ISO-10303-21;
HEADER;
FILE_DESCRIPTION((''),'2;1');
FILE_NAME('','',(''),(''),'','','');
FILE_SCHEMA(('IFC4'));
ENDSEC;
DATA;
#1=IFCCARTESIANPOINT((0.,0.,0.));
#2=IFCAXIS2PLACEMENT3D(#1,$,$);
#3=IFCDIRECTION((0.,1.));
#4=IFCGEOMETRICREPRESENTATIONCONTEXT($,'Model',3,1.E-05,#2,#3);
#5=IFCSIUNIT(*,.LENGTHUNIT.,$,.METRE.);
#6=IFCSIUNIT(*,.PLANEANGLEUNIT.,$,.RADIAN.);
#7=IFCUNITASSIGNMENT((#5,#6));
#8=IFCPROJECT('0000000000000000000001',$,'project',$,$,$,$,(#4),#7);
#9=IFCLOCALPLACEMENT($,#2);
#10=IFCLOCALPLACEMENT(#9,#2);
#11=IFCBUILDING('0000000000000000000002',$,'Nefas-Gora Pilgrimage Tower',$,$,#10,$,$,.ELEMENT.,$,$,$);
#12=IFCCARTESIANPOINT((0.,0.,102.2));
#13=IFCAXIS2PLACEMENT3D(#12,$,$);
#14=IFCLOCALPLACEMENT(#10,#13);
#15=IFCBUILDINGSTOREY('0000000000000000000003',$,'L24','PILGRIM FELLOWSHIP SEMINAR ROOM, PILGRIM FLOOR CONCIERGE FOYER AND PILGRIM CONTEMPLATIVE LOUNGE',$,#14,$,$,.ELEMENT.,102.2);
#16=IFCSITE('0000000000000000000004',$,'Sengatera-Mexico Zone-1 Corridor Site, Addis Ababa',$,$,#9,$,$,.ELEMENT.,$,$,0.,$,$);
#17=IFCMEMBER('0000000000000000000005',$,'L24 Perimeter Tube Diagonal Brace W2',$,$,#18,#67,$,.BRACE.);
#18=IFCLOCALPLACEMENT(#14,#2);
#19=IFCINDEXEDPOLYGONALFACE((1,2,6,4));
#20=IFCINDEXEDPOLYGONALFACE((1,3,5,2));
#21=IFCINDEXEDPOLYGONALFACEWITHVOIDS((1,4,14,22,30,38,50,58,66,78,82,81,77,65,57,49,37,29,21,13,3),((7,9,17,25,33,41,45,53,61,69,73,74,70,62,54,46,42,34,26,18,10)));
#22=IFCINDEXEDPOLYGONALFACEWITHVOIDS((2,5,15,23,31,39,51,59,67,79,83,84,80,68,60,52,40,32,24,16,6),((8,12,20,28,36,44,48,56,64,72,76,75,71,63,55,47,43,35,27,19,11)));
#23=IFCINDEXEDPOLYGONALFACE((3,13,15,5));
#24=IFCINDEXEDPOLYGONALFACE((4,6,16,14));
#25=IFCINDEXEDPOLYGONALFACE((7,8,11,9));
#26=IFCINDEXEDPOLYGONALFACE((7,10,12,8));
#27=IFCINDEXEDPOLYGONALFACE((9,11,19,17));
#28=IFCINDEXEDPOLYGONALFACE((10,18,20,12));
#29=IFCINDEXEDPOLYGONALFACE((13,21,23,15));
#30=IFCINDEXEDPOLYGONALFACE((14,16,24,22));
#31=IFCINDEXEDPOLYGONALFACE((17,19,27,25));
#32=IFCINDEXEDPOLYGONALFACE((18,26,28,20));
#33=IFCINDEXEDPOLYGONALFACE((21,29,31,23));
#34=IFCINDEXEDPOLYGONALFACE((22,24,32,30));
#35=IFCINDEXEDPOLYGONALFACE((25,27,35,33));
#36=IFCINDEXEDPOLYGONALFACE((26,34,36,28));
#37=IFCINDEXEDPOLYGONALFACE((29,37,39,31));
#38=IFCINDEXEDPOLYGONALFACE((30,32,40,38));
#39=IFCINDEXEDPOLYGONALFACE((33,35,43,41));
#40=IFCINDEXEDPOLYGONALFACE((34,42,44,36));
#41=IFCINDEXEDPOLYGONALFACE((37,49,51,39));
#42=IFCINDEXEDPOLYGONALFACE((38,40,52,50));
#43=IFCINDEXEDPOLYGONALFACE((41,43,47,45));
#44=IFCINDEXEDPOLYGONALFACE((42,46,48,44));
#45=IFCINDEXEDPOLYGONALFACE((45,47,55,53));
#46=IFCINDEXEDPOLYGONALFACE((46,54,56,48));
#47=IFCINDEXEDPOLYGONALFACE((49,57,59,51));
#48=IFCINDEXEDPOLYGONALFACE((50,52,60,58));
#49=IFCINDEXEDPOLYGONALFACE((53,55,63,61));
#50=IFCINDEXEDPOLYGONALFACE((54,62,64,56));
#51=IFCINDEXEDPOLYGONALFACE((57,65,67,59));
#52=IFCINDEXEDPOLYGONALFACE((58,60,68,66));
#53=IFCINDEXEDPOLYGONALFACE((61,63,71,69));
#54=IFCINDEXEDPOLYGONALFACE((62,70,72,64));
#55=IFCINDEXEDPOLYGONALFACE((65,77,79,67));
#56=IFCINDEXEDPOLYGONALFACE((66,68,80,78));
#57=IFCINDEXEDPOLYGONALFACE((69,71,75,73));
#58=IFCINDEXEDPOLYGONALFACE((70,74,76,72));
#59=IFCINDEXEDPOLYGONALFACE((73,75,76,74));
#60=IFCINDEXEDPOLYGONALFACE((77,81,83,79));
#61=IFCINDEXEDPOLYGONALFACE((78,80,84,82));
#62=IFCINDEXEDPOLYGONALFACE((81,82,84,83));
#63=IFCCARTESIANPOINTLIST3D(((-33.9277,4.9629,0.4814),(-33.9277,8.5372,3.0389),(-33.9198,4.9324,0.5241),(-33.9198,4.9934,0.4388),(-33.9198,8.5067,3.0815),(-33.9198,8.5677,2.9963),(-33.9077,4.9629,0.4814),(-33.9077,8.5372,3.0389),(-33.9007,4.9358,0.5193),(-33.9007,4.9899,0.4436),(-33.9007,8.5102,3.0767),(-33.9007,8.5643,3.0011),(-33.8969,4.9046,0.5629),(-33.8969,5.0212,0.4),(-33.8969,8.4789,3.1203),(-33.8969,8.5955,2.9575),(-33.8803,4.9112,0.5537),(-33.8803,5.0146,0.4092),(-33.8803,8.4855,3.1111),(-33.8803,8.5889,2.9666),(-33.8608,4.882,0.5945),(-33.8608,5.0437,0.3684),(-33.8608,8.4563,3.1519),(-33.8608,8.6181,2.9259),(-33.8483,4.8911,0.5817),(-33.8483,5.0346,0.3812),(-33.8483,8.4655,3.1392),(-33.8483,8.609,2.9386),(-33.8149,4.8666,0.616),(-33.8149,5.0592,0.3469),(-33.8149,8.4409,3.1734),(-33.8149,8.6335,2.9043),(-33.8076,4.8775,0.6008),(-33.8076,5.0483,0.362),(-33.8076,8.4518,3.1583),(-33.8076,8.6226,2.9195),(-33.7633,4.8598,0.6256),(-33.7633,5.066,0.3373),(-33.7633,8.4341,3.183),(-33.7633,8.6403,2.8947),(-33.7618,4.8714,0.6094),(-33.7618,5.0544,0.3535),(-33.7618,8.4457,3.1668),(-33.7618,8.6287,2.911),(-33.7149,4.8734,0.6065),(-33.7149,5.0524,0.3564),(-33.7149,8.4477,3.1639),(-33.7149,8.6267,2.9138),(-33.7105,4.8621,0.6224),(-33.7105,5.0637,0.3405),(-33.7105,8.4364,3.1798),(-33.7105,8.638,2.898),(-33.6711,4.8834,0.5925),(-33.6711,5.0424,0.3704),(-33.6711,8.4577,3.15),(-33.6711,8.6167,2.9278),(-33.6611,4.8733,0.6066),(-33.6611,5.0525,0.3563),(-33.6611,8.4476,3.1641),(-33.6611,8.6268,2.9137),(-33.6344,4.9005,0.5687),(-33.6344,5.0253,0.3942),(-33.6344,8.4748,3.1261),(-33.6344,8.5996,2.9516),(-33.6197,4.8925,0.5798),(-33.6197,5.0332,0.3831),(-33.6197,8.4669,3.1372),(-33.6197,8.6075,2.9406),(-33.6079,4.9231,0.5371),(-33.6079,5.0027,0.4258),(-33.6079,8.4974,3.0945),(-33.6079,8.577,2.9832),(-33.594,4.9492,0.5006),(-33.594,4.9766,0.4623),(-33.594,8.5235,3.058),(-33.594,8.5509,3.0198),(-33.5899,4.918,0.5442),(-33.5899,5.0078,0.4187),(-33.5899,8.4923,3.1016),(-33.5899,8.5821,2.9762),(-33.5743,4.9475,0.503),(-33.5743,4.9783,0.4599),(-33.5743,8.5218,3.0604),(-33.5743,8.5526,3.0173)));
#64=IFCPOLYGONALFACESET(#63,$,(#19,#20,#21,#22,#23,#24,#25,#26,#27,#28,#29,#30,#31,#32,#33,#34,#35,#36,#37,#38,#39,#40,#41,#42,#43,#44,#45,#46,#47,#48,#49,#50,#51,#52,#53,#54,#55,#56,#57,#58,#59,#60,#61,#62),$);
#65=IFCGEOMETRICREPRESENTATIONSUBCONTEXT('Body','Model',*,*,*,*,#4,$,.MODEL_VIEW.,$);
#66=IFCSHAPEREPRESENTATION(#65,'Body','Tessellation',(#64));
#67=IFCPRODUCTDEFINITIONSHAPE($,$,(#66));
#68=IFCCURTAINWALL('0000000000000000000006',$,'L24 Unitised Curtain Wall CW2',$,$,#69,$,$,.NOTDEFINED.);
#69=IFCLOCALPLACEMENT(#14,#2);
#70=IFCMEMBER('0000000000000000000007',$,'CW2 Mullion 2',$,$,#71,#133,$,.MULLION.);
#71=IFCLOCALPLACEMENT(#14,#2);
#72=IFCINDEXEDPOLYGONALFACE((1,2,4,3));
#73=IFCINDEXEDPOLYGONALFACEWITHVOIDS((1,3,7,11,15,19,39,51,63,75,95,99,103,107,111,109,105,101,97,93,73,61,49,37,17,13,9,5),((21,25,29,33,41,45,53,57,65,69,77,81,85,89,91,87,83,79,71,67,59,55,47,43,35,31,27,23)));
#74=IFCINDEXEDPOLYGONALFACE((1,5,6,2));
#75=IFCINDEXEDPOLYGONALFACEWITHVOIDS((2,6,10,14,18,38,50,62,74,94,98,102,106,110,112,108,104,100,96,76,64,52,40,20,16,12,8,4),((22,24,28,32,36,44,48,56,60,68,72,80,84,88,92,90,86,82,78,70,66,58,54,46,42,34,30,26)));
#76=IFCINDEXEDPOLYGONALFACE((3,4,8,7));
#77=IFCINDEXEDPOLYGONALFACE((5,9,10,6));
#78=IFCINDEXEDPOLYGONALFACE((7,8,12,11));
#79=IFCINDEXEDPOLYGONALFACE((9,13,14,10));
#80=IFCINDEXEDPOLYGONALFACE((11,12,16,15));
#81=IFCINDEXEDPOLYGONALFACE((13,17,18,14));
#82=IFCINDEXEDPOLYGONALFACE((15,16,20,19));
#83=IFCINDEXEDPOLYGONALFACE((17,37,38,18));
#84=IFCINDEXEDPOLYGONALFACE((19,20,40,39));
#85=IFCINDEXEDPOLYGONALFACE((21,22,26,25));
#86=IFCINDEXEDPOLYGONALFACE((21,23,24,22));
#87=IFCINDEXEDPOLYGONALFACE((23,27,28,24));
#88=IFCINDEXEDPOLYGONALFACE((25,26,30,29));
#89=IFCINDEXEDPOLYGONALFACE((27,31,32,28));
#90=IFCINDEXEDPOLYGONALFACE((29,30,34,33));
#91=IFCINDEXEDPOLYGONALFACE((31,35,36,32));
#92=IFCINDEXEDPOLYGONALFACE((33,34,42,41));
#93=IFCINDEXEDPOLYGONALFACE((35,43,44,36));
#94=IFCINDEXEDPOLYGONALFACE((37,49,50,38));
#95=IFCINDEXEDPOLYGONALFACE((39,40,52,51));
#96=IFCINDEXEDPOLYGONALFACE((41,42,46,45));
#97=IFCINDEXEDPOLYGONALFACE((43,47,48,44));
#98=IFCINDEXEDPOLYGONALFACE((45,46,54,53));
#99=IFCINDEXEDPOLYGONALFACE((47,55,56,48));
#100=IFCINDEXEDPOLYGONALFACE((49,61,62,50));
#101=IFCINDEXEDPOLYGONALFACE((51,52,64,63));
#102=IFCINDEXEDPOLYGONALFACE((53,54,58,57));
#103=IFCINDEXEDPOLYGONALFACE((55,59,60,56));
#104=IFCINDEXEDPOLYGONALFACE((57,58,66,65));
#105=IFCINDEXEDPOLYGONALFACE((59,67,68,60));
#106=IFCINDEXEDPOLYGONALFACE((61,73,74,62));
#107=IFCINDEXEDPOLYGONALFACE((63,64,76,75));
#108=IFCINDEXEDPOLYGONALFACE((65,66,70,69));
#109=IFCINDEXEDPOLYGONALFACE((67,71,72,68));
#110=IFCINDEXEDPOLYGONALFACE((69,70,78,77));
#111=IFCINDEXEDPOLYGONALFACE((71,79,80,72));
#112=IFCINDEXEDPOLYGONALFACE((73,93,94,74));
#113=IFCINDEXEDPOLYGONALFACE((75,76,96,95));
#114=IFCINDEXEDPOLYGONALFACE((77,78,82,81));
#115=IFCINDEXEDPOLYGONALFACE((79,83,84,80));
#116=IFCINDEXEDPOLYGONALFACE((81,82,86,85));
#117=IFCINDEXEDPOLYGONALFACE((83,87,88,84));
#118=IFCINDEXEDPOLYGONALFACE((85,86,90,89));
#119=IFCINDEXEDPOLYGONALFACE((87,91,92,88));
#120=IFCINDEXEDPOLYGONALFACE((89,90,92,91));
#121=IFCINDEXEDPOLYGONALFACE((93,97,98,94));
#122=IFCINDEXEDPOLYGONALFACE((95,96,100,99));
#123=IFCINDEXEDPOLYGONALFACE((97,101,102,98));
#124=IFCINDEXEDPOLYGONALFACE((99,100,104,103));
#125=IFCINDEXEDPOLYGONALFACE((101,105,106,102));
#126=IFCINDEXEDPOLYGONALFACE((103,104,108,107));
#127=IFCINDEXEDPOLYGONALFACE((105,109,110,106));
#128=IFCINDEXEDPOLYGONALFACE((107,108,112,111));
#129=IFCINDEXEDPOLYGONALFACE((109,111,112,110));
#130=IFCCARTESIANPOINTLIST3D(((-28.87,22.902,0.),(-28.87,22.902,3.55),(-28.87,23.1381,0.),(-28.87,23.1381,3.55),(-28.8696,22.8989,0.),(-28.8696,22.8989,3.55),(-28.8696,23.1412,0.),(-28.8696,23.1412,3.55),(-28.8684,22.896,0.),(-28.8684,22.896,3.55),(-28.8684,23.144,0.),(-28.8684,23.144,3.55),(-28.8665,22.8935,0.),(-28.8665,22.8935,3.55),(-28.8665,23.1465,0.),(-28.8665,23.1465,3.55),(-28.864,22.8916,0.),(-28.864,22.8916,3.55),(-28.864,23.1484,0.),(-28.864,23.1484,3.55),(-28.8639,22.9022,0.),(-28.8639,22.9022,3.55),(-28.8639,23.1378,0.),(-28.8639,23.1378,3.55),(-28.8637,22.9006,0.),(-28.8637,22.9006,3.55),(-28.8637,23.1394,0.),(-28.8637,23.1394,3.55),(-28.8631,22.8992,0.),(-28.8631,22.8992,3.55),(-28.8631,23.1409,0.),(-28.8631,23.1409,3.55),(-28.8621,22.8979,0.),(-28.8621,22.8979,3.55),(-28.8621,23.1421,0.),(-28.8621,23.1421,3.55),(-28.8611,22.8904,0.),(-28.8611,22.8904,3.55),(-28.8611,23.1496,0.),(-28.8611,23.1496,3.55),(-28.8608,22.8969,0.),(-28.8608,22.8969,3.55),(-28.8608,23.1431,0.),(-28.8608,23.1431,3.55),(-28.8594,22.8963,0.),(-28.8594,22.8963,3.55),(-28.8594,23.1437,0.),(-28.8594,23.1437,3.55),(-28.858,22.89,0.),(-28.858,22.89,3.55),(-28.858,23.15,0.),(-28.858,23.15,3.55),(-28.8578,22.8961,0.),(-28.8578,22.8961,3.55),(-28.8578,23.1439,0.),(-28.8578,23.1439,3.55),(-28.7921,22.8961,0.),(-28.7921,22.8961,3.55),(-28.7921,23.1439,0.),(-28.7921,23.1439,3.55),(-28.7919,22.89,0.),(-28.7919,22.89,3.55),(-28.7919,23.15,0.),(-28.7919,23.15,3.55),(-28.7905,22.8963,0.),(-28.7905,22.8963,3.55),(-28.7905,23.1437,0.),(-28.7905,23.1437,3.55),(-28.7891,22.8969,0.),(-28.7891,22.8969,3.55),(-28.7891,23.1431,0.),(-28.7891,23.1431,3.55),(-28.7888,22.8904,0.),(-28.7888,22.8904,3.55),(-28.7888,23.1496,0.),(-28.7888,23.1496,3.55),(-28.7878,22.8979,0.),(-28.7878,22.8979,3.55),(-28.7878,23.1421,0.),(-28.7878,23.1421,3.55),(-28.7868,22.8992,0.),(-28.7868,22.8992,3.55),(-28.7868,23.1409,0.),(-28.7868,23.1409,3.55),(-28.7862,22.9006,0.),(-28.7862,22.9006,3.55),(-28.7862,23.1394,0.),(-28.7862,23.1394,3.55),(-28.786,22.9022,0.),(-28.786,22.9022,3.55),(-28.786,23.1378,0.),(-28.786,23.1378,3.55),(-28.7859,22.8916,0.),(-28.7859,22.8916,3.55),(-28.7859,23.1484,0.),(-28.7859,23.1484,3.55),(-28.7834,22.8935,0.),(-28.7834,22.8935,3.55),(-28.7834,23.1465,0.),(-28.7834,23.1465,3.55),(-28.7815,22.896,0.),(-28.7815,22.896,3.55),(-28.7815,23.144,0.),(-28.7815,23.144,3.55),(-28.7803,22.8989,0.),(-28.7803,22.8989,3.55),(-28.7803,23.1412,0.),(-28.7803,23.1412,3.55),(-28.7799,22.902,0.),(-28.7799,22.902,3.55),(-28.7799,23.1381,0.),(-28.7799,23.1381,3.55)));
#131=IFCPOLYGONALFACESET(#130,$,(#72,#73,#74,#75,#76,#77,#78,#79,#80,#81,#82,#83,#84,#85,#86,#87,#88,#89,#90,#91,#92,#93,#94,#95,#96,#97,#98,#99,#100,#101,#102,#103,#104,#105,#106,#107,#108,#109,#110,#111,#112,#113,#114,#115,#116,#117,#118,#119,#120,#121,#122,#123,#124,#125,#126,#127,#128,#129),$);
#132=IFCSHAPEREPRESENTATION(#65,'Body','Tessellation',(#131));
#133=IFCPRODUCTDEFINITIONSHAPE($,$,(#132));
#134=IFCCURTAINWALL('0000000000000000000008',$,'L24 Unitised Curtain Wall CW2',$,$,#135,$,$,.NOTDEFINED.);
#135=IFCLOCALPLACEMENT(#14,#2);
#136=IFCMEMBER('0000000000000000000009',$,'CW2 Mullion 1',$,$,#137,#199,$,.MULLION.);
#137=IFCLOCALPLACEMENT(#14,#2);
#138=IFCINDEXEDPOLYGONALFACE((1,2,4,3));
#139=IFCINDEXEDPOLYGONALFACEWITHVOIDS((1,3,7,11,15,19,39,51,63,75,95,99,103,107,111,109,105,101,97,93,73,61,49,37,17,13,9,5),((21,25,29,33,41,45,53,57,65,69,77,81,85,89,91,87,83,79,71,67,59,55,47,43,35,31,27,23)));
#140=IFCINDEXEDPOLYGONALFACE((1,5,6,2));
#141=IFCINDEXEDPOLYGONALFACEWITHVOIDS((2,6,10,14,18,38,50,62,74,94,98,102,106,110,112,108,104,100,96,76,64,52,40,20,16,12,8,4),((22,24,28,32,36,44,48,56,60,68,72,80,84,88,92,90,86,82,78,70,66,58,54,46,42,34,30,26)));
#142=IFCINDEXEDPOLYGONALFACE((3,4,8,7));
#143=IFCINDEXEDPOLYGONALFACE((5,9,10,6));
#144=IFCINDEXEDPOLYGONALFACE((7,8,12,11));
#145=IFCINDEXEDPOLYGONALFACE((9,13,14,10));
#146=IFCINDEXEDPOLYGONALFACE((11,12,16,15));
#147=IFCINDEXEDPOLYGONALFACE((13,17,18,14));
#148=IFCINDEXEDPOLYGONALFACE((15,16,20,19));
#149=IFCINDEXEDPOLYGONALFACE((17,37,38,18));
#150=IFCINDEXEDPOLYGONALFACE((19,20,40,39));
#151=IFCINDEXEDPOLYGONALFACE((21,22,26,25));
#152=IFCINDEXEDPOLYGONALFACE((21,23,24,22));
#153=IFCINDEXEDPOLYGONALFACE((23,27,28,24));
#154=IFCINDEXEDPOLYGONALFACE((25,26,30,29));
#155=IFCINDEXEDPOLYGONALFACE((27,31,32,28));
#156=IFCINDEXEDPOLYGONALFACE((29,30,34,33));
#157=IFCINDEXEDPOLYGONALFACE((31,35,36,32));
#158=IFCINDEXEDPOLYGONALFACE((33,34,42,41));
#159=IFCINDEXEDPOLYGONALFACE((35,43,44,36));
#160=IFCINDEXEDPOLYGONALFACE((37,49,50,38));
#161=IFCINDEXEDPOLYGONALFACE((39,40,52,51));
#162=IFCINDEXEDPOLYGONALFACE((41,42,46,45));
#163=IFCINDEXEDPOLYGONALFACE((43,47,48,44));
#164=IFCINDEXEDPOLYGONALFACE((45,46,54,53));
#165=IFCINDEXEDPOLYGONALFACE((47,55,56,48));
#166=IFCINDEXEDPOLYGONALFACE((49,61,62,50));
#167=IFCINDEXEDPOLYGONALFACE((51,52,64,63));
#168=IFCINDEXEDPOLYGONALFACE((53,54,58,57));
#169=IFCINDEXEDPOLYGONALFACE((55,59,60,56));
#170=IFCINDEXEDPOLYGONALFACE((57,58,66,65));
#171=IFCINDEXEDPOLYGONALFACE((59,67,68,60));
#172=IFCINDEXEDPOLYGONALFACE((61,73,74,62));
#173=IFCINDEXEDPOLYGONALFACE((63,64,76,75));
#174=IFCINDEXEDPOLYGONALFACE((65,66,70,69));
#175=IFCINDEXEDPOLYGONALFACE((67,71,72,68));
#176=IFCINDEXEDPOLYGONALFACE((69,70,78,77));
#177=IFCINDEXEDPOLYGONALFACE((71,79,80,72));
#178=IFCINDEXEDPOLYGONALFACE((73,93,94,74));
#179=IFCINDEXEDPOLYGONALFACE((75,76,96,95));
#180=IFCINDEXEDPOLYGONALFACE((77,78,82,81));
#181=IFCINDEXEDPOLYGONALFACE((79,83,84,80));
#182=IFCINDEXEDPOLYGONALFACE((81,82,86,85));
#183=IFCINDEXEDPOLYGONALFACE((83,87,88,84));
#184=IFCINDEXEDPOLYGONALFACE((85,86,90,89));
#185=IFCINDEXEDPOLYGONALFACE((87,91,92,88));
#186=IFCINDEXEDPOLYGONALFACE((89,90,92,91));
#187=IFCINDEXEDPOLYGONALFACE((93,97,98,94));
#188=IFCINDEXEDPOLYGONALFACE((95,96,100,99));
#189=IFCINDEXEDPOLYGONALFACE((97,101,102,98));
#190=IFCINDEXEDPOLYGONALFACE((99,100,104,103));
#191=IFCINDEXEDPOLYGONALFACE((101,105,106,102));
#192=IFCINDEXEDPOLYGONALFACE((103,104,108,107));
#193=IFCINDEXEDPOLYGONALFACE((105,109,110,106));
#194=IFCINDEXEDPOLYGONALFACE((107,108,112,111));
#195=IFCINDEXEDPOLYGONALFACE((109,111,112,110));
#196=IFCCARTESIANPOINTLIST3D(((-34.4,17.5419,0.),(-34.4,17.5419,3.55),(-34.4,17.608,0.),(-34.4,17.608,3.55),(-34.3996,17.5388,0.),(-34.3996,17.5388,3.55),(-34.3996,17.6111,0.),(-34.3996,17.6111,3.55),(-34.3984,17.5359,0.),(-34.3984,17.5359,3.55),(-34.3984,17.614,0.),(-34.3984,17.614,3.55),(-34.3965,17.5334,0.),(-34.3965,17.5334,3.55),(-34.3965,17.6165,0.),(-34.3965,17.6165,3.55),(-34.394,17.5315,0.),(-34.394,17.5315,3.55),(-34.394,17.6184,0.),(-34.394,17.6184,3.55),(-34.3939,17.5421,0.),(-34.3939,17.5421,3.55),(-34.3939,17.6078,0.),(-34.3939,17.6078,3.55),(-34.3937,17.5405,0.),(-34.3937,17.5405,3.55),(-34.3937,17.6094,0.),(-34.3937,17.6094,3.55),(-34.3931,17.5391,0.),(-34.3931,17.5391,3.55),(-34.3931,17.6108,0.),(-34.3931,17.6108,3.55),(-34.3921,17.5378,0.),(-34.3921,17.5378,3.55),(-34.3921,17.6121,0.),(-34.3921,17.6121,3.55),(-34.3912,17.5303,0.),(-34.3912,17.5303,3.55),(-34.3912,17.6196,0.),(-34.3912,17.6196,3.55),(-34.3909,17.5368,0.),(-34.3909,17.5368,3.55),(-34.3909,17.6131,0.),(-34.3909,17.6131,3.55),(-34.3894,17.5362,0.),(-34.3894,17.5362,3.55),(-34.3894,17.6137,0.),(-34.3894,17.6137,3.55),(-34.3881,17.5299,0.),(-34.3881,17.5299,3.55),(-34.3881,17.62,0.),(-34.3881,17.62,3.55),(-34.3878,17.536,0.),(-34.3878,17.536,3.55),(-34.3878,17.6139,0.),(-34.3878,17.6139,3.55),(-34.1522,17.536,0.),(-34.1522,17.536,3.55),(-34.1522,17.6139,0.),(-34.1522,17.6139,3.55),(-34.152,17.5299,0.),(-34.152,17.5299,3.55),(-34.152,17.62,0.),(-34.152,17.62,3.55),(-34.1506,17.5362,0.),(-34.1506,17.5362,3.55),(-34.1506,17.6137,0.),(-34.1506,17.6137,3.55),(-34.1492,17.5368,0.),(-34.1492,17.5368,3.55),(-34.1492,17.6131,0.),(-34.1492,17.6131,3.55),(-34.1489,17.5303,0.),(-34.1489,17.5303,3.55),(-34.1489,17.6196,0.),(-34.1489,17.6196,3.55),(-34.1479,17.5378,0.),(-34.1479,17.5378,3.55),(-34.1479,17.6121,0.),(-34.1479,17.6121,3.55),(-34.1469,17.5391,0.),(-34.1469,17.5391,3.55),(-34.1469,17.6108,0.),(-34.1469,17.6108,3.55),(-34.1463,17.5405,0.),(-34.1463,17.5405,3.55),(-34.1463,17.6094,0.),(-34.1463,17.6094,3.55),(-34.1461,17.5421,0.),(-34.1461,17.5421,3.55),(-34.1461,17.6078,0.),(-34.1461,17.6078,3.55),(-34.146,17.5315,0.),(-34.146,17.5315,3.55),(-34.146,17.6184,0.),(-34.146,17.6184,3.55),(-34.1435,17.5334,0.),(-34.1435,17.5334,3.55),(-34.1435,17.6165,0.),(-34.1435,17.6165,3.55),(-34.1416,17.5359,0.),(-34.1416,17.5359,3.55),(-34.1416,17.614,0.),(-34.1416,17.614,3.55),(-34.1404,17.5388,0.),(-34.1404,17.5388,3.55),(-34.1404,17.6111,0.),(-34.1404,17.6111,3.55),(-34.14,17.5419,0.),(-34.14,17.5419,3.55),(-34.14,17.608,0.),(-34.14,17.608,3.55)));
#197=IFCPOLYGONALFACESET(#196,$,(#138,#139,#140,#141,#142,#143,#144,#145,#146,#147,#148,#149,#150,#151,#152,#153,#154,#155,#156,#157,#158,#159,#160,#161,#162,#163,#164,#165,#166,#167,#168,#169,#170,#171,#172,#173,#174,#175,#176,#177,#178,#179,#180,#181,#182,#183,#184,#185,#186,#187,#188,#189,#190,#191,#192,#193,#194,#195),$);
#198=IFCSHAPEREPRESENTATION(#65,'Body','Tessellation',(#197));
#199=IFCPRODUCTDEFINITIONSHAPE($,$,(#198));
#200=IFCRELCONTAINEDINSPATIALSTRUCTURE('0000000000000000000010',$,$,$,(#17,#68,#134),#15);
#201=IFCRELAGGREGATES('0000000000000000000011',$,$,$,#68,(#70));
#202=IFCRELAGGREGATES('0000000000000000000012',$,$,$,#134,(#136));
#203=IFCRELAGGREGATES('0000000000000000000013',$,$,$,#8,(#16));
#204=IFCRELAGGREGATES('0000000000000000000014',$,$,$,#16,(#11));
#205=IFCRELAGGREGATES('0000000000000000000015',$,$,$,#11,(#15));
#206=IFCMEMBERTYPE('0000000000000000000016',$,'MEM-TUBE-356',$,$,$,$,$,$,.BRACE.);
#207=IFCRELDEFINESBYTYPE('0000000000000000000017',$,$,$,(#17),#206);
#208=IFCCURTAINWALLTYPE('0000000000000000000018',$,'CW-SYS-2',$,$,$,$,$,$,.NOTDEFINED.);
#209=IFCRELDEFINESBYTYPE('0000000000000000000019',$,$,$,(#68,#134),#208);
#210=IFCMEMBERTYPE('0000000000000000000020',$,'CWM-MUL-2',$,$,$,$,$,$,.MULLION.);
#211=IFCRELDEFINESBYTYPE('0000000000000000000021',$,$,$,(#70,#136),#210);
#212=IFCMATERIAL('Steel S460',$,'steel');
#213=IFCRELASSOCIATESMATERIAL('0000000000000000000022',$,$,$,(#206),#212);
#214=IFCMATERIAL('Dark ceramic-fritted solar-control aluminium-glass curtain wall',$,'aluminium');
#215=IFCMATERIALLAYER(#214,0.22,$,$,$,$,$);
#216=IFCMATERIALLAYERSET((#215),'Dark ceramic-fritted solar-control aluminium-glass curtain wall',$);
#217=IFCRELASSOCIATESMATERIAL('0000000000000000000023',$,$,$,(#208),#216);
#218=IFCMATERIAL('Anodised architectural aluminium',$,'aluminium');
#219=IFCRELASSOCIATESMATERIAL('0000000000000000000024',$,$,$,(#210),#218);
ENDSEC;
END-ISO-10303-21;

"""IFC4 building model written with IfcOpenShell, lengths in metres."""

from ifc_helpers import new_model, si_unit, direction, frame, origin, origin_2d, place, context, subcontext, project, spatial, hollow_rectangle, hollow_circle, extrude, source, transform, mapped, material, layer, layer_set, material_profile, profile_set, type_object, element, aggregate, save


model = new_model("IFC4")

# Units and contexts
model_context = context("Model", 3, precision=1e-05, world=origin(), true_north=direction((0.0, 1.0)))
body_context = subcontext(model_context, "Body", "Model", "MODEL_VIEW")
ifc_project = project(units=[si_unit("LENGTHUNIT", "METRE"), si_unit("PLANEANGLEUNIT", "RADIAN")], contexts=[model_context])

# Site, building, storey
site_placement = place(None, origin())
site = spatial("IfcSite", under=ifc_project, at=site_placement, Name="Sengatera-Mexico Zone-1 Corridor Site, Addis Ababa", CompositionType="ELEMENT", RefElevation=0.0)
building_placement = place(site_placement, origin())
building = spatial("IfcBuilding", under=site, at=building_placement, Name="Nefas-Gora Pilgrimage Tower", CompositionType="ELEMENT")
storey_placement = place(building_placement, frame((0.0, 0.0, 102.2)))
storey = spatial("IfcBuildingStorey", under=building, at=storey_placement, Name="L24", Description="PILGRIM FELLOWSHIP SEMINAR ROOM, PILGRIM FLOOR CONCIERGE FOYER AND PILGRIM CONTEMPLATIVE LOUNGE", CompositionType="ELEMENT", Elevation=102.2)

# Shared definitions
ifc_material_1 = material(Name="Steel S460", Category="steel")

# Member
ifc_material_profile_1 = material_profile(ifc_material_1, hollow_circle(Radius=0.1777, WallThickness=0.02, at=origin_2d()), Name="CHS 355.6x20")
ifc_profile_set_1 = profile_set([ifc_material_profile_1], Name="Steel S460")
member_type_1 = type_object("IfcMemberType", Name="MEM-TUBE-356", PredefinedType="BRACE", material=ifc_profile_set_1)
shared_shape_1 = source(origin(), body_context, "Body", "SweptSolid", [
    extrude(hollow_circle(Radius=0.1777, WallThickness=0.02, at=origin_2d()), origin(), (0.0, 0.0, 1.0), 4.395),
])
member_1_placement = place(storey_placement, frame((-33.75, 4.9629, 0.4814), z_axis=(0.0, 0.813264, 0.581895), x_axis=(-1.0, 0.0, 0.0)))
element("IfcMember", 1, at=member_1_placement, inside=storey, type_object=member_type_1, Name="L24 Perimeter Tube Diagonal Brace W2", PredefinedType="BRACE", context=body_context, shape_type="MappedRepresentation", body=[
    mapped(shared_shape_1, transform((0.0, 0.0, 0.0), x_axis=(1.0, 0.0, 0.0), y_axis=(0.0, 1.0, 0.0), z_axis=(0.0, 0.0, 1.0), scale=1.0)),
])

# Curtain wall, member
ifc_material_2 = material(Name="Dark ceramic-fritted solar-control aluminium-glass curtain wall", Category="aluminium")
ifc_layer_1 = layer(ifc_material_2, 0.22)
ifc_layer_set_1 = layer_set([ifc_layer_1], Name="Dark ceramic-fritted solar-control aluminium-glass curtain wall")
curtain_wall_type = type_object("IfcCurtainWallType", Name="CW-SYS-2", PredefinedType="NOTDEFINED", material=ifc_layer_set_1)
curtain_wall_1_placement = place(storey_placement, origin())
curtain_wall_1 = element("IfcCurtainWall", 2, at=curtain_wall_1_placement, inside=storey, type_object=curtain_wall_type, Name="L24 Unitised Curtain Wall CW2", PredefinedType="NOTDEFINED")
ifc_material_3 = material(Name="Anodised architectural aluminium", Category="aluminium")
ifc_material_profile_2 = material_profile(ifc_material_3, hollow_rectangle(XDim=0.0901, YDim=0.26, WallThickness=0.0061, InnerFilletRadius=0.0061, OuterFilletRadius=0.012, at=origin_2d()), Name="ALU MULLION 90x260")
ifc_profile_set_2 = profile_set([ifc_material_profile_2], Name="Anodised architectural aluminium")
member_type_2 = type_object("IfcMemberType", Name="CWM-MUL-2", PredefinedType="MULLION", material=ifc_profile_set_2)
shared_shape_2 = source(origin(), body_context, "Body", "SweptSolid", [
    extrude(hollow_rectangle(XDim=0.0901, YDim=0.26, WallThickness=0.0061, InnerFilletRadius=0.0061, OuterFilletRadius=0.012, at=origin_2d()), origin(), (0.0, 0.0, 1.0), 3.55),
])
member_2_placement = place(storey_placement, frame((-28.825, 23.02, 0.0), z_axis=(0.0, 0.0, 1.0), x_axis=(-1.0, 0.0, 0.0)))
member_2 = element("IfcMember", 3, at=member_2_placement, type_object=member_type_2, Name="CW2 Mullion 2", PredefinedType="MULLION", context=body_context, shape_type="MappedRepresentation", body=[
    mapped(shared_shape_2, transform((0.0, 0.0, 0.0), x_axis=(1.0, 0.0, 0.0), y_axis=(0.0, 1.0, 0.0), z_axis=(0.0, 0.0, 1.0), scale=1.0)),
])
aggregate(curtain_wall_1, [member_2])

# Curtain wall, member
curtain_wall_2_placement = place(storey_placement, origin())
curtain_wall_2 = element("IfcCurtainWall", 4, at=curtain_wall_2_placement, inside=storey, type_object=curtain_wall_type, Name="L24 Unitised Curtain Wall CW2", PredefinedType="NOTDEFINED")
member_3_placement = place(storey_placement, frame((-34.27, 17.575, 0.0), z_axis=(0.0, 0.0, 1.0), x_axis=(0.0, -1.0, 0.0)))
member_3 = element("IfcMember", 5, at=member_3_placement, type_object=member_type_2, Name="CW2 Mullion 1", PredefinedType="MULLION", context=body_context, shape_type="MappedRepresentation", body=[
    mapped(shared_shape_2, transform((0.0, 0.0, 0.0), x_axis=(1.0, 0.0, 0.0), y_axis=(0.0, 1.0, 0.0), z_axis=(0.0, 0.0, 1.0), scale=1.0)),
])

aggregate(curtain_wall_2, [member_3])

save(model, "model.ifc")
